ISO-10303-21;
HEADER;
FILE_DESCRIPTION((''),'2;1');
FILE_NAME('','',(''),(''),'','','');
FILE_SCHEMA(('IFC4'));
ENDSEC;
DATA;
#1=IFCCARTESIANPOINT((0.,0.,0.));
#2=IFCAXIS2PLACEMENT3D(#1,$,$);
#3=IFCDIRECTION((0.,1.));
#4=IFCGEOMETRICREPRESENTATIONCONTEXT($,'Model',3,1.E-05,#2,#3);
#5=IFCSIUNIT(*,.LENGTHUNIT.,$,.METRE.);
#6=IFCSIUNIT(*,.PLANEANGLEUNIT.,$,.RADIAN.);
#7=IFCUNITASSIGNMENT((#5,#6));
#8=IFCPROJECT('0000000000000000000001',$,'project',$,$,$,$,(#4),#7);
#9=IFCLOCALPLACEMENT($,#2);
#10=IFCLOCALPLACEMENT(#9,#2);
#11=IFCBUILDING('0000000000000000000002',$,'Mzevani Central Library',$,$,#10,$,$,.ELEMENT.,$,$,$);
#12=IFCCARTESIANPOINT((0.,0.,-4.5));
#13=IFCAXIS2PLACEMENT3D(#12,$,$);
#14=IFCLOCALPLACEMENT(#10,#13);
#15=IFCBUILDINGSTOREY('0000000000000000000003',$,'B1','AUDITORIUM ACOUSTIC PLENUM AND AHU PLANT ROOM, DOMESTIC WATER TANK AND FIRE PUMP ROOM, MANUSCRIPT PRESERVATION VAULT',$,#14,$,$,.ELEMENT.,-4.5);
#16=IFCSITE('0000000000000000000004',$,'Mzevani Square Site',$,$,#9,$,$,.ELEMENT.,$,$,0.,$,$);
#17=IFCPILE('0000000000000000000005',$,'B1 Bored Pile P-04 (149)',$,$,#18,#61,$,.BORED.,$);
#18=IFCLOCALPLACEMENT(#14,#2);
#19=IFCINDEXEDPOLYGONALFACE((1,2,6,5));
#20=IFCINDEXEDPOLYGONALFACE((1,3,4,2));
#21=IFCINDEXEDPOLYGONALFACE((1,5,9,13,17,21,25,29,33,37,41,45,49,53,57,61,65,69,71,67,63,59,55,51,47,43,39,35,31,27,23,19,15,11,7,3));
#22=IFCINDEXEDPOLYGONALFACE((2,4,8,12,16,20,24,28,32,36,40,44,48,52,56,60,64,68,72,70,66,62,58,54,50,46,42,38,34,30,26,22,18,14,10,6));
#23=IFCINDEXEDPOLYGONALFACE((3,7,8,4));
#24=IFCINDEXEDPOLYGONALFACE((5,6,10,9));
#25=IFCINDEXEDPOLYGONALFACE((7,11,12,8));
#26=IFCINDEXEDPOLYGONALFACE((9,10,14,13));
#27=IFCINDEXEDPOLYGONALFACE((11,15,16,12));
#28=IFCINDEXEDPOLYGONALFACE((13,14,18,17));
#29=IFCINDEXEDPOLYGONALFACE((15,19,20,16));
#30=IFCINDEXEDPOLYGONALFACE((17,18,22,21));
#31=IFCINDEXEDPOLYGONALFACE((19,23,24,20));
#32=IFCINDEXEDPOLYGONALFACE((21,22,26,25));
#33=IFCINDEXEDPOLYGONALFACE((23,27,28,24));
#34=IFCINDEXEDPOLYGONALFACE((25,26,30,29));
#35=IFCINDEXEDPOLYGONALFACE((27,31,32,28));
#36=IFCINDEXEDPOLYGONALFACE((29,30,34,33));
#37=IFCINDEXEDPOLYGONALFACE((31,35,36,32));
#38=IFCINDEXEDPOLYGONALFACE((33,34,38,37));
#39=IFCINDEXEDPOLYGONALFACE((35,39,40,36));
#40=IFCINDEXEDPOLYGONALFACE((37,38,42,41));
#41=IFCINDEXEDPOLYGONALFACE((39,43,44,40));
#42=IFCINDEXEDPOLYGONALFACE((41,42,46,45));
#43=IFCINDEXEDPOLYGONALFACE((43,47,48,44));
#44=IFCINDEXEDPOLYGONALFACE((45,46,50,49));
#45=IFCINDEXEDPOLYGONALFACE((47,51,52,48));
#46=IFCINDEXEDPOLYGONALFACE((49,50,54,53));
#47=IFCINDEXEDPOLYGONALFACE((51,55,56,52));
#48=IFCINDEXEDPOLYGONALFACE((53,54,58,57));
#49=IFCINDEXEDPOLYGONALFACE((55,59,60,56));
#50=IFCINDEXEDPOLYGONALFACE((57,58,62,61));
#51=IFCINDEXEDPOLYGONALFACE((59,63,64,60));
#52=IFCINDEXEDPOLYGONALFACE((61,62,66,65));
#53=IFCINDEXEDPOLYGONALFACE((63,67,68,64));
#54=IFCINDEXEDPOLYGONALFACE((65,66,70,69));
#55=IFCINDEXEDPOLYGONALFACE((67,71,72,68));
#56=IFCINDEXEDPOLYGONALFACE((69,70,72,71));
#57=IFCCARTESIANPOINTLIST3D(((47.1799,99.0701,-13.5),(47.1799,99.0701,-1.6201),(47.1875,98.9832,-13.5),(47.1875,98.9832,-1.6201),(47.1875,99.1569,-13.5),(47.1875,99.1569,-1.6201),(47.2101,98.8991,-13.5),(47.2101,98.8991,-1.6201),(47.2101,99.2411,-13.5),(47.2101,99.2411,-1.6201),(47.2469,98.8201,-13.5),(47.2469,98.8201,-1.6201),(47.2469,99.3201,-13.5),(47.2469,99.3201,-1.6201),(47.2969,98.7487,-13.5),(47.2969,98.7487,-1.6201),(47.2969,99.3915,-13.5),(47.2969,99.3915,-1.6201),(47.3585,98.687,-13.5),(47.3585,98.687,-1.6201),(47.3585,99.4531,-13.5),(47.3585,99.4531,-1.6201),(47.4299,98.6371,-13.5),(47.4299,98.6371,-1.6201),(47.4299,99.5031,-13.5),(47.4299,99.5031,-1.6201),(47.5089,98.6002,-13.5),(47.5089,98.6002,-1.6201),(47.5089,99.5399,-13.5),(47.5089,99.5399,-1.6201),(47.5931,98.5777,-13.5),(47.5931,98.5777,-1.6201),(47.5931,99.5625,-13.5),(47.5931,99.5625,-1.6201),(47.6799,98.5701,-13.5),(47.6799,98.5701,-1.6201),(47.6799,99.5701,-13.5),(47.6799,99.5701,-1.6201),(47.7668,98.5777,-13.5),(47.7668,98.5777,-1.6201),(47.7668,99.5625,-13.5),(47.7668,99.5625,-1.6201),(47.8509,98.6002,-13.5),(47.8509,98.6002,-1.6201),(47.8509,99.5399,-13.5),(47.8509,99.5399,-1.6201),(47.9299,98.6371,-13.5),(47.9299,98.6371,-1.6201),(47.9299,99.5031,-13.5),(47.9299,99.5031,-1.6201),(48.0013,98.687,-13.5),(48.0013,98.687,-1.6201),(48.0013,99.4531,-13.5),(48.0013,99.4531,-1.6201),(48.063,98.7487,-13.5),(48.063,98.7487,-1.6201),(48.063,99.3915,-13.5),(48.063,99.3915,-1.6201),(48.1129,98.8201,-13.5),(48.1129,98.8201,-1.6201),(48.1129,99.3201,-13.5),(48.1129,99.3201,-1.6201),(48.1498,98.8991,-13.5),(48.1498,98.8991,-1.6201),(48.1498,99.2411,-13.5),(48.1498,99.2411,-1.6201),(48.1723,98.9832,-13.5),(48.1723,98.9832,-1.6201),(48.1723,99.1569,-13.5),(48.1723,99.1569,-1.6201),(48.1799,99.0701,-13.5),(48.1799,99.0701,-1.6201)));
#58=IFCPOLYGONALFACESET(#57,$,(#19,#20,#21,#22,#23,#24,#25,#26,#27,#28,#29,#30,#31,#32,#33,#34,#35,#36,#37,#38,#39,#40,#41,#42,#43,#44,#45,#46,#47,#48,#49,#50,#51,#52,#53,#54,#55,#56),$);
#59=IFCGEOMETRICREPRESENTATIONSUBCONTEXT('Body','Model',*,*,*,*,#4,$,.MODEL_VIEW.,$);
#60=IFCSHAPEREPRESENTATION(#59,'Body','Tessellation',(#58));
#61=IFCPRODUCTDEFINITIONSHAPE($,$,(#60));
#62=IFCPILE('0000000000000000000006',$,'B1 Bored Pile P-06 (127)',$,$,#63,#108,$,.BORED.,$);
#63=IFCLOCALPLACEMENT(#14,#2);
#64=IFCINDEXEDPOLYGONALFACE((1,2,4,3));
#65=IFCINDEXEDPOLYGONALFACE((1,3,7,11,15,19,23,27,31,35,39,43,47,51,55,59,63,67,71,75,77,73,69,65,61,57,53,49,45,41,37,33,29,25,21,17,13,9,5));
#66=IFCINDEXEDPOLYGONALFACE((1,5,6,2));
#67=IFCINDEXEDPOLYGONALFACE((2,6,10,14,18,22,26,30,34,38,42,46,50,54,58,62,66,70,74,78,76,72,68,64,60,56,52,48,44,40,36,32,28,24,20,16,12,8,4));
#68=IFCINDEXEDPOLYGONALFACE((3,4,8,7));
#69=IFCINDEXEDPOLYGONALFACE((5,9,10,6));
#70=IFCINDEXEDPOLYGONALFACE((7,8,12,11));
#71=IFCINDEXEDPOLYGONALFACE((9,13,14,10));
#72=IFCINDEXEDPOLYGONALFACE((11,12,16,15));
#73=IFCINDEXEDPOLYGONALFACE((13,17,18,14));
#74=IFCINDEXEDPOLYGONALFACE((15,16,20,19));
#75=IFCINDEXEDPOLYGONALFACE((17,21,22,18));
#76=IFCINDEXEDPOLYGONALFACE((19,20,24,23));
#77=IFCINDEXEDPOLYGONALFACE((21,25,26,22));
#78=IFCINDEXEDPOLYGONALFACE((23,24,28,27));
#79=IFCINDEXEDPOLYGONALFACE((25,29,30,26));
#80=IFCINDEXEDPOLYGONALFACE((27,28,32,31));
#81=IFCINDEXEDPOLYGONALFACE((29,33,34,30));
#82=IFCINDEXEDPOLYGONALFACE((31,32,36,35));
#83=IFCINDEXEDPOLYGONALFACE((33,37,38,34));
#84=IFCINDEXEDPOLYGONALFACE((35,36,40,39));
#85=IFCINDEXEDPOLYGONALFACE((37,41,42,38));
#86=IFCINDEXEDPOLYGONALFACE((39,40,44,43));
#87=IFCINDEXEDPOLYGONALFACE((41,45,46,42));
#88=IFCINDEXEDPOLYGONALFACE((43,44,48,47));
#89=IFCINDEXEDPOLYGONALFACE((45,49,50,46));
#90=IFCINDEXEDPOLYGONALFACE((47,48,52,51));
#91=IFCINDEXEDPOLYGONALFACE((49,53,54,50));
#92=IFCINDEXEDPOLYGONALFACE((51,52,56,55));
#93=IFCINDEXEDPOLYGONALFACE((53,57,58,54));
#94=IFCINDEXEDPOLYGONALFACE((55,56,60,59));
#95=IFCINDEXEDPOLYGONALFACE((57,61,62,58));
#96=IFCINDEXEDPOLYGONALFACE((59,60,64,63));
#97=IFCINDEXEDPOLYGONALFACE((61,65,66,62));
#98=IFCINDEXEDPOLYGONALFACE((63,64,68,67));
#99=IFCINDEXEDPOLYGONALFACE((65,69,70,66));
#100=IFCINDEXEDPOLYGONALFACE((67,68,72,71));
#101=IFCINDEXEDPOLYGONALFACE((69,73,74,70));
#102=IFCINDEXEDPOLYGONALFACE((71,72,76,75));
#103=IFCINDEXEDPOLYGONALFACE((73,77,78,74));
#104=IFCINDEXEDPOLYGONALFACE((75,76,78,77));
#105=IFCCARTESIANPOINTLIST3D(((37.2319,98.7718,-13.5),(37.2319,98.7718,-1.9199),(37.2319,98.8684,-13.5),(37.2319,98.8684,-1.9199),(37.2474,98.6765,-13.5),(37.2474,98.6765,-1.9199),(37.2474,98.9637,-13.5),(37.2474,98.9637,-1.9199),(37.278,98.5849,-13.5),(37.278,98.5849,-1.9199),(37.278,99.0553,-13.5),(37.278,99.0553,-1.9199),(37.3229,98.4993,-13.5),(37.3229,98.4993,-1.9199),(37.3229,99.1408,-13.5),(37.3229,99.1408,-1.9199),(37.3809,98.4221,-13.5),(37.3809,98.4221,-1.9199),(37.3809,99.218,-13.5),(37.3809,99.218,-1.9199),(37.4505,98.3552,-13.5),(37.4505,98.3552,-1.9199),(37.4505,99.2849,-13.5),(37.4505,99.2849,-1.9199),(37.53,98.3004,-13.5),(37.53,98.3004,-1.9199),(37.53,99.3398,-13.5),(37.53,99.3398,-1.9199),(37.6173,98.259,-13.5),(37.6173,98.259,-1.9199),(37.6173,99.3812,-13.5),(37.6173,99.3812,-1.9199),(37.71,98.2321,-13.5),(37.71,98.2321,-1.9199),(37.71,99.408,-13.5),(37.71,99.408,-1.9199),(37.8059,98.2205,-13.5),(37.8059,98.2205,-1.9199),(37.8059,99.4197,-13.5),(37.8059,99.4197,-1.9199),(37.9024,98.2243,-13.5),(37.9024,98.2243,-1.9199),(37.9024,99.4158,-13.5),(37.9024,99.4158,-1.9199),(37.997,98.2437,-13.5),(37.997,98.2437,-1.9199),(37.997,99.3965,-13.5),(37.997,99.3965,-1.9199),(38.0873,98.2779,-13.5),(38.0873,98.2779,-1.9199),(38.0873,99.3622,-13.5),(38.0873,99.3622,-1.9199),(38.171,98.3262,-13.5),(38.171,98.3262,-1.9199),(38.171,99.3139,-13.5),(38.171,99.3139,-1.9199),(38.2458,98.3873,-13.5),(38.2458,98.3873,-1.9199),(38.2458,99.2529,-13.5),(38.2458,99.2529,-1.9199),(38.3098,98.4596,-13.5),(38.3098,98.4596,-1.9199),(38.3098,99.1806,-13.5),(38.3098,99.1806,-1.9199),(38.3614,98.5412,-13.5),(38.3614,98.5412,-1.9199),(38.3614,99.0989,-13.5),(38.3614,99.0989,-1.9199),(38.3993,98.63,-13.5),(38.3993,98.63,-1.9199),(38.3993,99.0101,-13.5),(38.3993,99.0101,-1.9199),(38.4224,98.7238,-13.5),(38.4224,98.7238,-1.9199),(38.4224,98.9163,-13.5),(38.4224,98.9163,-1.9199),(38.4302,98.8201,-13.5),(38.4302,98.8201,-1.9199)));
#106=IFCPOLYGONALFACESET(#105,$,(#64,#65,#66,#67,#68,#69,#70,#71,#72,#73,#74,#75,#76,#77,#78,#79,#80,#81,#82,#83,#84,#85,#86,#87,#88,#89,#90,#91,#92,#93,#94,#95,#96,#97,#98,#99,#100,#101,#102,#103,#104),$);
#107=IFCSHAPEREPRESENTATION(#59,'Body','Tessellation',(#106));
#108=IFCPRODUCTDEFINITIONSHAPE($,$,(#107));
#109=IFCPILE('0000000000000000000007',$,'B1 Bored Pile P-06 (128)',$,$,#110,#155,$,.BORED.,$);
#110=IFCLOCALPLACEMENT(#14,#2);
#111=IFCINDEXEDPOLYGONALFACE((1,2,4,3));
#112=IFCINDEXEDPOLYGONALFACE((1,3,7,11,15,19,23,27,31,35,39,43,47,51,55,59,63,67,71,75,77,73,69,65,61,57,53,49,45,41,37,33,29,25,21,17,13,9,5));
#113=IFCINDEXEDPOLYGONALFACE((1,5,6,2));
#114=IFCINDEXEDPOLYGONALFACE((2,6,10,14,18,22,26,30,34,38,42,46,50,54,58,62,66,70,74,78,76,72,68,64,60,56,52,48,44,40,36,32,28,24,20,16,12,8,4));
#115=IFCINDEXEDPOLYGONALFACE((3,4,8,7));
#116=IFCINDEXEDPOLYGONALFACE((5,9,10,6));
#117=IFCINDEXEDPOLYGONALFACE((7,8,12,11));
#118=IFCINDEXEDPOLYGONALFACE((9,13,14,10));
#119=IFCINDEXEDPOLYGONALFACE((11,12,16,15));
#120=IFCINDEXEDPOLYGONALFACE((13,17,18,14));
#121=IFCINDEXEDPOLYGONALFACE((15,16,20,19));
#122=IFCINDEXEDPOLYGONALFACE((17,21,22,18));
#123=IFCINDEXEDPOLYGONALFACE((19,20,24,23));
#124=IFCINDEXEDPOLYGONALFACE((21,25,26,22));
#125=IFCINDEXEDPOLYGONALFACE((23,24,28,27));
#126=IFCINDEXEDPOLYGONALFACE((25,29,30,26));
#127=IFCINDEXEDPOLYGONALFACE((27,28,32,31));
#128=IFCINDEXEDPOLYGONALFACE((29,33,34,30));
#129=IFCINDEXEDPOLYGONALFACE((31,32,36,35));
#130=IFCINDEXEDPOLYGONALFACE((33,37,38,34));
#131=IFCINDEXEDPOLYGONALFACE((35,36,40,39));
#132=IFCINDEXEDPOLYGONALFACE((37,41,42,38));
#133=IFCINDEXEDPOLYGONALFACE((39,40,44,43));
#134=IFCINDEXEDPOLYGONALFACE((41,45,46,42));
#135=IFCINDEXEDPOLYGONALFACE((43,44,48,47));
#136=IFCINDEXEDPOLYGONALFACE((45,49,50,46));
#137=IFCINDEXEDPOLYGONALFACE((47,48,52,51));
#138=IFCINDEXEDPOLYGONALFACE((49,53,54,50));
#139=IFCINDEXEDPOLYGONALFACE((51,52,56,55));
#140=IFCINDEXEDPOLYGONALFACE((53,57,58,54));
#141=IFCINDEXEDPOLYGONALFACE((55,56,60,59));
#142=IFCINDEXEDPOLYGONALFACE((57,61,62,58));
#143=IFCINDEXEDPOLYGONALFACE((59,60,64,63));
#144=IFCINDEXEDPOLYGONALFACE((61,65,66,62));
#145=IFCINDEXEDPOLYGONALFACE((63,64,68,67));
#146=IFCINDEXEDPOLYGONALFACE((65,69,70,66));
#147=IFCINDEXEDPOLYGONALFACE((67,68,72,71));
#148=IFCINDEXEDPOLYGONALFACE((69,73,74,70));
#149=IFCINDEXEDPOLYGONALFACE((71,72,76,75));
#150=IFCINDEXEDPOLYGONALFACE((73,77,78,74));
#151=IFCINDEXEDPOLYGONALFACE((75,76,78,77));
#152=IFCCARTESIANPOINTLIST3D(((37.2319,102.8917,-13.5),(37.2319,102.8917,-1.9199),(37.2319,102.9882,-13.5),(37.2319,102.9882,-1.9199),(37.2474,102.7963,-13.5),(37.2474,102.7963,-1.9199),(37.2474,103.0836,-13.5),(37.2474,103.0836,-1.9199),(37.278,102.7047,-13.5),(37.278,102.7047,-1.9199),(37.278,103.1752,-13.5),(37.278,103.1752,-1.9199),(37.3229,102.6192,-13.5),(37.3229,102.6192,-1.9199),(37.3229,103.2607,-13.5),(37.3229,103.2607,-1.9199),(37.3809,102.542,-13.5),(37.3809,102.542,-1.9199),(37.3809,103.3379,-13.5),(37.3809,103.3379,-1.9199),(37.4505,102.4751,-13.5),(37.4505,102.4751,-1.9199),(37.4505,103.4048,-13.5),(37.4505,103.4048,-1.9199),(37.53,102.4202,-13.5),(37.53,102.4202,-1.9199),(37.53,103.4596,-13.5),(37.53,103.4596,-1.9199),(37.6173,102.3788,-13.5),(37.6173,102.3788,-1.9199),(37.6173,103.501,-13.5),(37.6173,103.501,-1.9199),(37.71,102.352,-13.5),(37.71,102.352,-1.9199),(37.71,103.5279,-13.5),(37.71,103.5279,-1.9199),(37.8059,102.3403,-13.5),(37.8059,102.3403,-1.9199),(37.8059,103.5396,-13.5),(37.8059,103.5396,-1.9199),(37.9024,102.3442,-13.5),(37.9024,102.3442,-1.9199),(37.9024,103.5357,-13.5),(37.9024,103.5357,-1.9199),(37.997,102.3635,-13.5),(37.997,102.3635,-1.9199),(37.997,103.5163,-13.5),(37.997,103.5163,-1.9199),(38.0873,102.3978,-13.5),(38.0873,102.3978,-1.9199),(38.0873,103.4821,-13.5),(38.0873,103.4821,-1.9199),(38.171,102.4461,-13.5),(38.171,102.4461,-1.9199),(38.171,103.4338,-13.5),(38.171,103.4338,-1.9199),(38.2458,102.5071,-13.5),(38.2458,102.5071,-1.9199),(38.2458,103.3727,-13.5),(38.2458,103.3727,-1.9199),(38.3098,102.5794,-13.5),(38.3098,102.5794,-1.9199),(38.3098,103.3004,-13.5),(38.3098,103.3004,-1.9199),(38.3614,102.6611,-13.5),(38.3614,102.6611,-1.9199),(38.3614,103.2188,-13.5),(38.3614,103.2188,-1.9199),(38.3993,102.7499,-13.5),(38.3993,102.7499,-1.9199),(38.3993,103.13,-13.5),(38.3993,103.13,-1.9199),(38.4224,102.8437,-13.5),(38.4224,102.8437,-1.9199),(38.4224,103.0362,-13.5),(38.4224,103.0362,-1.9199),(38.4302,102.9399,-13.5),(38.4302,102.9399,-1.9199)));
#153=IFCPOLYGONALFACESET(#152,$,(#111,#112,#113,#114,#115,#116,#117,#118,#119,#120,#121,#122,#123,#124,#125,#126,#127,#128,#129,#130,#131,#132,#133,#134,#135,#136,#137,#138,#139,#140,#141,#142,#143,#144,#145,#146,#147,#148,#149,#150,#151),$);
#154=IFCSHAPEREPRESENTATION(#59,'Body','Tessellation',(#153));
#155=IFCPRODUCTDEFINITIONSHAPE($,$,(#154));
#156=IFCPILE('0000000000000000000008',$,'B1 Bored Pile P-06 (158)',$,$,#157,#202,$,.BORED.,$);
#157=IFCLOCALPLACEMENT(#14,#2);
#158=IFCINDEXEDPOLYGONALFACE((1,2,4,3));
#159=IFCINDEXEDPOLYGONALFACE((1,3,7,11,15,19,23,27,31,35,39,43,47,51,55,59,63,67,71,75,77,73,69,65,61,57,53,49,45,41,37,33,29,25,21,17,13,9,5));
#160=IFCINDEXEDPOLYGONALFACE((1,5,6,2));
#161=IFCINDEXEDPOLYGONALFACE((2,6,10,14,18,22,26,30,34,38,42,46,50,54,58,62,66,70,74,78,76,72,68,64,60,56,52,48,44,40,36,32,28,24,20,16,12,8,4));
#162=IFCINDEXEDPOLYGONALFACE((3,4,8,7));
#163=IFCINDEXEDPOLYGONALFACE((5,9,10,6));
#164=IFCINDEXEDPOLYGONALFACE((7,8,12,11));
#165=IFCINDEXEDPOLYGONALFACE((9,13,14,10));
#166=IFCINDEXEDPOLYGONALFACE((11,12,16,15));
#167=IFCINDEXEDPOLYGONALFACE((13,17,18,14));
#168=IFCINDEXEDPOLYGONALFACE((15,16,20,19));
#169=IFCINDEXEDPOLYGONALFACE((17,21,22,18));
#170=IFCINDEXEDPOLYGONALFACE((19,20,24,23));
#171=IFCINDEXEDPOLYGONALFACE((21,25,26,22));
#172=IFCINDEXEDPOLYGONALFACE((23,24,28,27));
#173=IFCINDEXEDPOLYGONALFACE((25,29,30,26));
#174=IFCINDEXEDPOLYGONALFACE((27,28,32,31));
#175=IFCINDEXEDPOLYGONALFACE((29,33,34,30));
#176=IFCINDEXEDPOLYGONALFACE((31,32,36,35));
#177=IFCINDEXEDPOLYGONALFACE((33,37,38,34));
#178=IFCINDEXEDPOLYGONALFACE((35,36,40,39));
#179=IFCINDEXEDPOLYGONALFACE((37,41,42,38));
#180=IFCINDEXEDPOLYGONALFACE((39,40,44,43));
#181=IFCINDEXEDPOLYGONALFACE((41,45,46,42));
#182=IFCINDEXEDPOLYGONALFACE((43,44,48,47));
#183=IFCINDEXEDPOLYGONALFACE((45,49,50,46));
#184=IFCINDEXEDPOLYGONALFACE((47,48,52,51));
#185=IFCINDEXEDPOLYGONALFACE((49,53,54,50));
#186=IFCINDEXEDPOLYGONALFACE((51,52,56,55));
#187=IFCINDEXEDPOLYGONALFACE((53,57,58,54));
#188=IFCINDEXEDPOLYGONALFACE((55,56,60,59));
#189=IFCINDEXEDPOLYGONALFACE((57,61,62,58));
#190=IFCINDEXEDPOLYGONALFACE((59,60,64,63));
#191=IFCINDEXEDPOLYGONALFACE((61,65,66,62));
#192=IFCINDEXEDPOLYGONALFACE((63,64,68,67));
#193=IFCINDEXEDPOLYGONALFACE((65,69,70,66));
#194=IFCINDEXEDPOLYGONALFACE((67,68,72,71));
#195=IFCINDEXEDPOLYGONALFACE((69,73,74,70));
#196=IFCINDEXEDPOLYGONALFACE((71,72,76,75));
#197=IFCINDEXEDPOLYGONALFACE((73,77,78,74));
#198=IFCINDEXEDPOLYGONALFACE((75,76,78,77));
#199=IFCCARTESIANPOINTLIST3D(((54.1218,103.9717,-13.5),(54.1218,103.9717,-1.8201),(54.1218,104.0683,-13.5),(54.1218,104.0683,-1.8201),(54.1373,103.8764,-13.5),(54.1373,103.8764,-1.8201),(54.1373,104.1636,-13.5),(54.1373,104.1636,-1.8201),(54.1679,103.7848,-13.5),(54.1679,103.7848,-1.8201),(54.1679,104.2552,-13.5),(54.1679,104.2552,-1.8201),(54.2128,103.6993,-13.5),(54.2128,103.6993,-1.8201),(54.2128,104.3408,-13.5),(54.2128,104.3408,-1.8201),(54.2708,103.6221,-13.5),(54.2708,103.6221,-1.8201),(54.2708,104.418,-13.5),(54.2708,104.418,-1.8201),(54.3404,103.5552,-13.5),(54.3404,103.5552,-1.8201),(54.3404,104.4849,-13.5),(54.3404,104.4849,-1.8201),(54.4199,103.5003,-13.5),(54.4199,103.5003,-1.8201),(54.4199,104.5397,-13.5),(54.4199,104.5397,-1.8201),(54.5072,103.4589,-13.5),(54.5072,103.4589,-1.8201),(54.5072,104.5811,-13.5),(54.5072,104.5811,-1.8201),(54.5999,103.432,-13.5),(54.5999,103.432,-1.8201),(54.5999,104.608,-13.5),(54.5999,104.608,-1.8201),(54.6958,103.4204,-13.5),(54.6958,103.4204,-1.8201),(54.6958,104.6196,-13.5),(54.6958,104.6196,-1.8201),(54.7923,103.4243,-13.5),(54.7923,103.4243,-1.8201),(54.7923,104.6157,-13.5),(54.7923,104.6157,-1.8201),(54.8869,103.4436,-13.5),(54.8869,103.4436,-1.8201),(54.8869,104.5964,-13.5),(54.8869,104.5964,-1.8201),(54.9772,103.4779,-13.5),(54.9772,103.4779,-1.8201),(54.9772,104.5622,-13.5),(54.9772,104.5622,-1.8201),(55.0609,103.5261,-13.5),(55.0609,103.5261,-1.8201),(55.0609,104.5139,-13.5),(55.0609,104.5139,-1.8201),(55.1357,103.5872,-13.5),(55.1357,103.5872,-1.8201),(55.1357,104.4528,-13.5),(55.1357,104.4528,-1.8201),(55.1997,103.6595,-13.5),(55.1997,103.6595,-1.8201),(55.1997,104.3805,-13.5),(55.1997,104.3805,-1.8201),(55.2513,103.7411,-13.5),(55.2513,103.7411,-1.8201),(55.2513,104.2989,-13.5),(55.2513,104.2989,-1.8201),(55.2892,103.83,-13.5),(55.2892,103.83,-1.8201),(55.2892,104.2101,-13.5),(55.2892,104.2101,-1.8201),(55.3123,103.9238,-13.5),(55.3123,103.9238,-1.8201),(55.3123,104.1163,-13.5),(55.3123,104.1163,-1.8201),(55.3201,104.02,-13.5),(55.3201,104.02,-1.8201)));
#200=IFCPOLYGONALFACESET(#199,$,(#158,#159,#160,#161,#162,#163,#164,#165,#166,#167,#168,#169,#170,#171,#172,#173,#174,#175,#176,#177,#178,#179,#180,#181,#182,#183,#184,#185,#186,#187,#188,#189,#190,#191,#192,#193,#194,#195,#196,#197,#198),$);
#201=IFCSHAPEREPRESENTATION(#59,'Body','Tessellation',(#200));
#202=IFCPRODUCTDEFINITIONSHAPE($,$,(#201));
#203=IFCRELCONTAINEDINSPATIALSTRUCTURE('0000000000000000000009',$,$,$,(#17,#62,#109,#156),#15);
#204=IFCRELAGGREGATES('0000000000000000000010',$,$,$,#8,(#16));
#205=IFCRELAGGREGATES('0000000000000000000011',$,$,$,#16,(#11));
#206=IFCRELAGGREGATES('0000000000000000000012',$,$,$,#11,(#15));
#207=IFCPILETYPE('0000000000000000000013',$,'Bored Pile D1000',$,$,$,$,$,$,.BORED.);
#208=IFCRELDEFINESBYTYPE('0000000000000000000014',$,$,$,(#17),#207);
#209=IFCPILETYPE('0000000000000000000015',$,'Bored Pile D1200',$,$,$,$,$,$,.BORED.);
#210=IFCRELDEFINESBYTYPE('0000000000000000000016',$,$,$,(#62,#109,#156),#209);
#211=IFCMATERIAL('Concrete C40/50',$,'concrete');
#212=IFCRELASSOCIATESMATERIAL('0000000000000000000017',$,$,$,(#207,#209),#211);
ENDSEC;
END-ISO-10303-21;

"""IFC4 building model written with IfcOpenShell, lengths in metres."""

from ifc_helpers import new_model, si_unit, direction, frame, origin, origin_2d, place, context, subcontext, project, spatial, circle, extrude, material, material_profile, profile_set, type_object, element, save


model = new_model("IFC4")

# Units and contexts
model_context = context("Model", 3, precision=1e-05, world=origin(), true_north=direction((0.0, 1.0)))
body_context = subcontext(model_context, "Body", "Model", "MODEL_VIEW")
ifc_project = project(units=[si_unit("LENGTHUNIT", "METRE"), si_unit("PLANEANGLEUNIT", "RADIAN")], contexts=[model_context])

# Site, building, storey
site_placement = place(None, origin())
site = spatial("IfcSite", under=ifc_project, at=site_placement, Name="Mzevani Square Site", CompositionType="ELEMENT", RefElevation=0.0)
building_placement = place(site_placement, origin())
building = spatial("IfcBuilding", under=site, at=building_placement, Name="Mzevani Central Library", CompositionType="ELEMENT")
storey_placement = place(building_placement, frame((0.0, 0.0, -4.5)))
storey = spatial("IfcBuildingStorey", under=building, at=storey_placement, Name="B1", Description="AUDITORIUM ACOUSTIC PLENUM AND AHU PLANT ROOM, DOMESTIC WATER TANK AND FIRE PUMP ROOM, MANUSCRIPT PRESERVATION VAULT", CompositionType="ELEMENT", Elevation=-4.5)

# Piles
ifc_material_1 = material(Name="Concrete C40/50", Category="concrete")
ifc_material_profile_1 = material_profile(ifc_material_1, circle(Radius=0.5, at=origin_2d()), Name="PILE D1000")
ifc_profile_set_1 = profile_set([ifc_material_profile_1], Name="Concrete C40/50")
pile_type_1 = type_object("IfcPileType", Name="Bored Pile D1000", PredefinedType="BORED", material=ifc_profile_set_1)
for number, where, z_axis, x_axis, name in (
    (1, (47.6799, 99.0701, -1.6201), (0.0, 0.0, -1.0), (1.0, 0.0, 0.0), "B1 Bored Pile P-04 (149)"),
):
    element("IfcPile", number, at=place(storey_placement, frame(where, z_axis=z_axis, x_axis=x_axis)), inside=storey, type_object=pile_type_1, Name=name, PredefinedType="BORED", context=body_context, shape_type="SweptSolid", body=[
        extrude(circle(Radius=0.5, at=origin_2d()), origin(), (0.0, 0.0, 1.0), 11.8799),
    ])
ifc_material_profile_2 = material_profile(ifc_material_1, circle(Radius=0.6001, at=origin_2d()), Name="PILE D1200")
ifc_profile_set_2 = profile_set([ifc_material_profile_2], Name="Concrete C40/50")
pile_type_2 = type_object("IfcPileType", Name="Bored Pile D1200", PredefinedType="BORED", material=ifc_profile_set_2)
for number, where, z_axis, x_axis, name in (
    (2, (37.8301, 98.8201, -1.9199), (0.0, 0.0, -1.0), (1.0, 0.0, 0.0), "B1 Bored Pile P-06 (127)"),
    (3, (37.8301, 102.9399, -1.9199), (0.0, 0.0, -1.0), (1.0, 0.0, 0.0), "B1 Bored Pile P-06 (128)"),
):
    element("IfcPile", number, at=place(storey_placement, frame(where, z_axis=z_axis, x_axis=x_axis)), inside=storey, type_object=pile_type_2, Name=name, PredefinedType="BORED", context=body_context, shape_type="SweptSolid", body=[
        extrude(circle(Radius=0.6001, at=origin_2d()), origin(), (0.0, 0.0, 1.0), 11.5801),
    ])
pile_1_placement = place(storey_placement, frame((54.72, 104.02, -1.8201), z_axis=(0.0, 0.0, -1.0), x_axis=(1.0, 0.0, 0.0)))
element("IfcPile", 4, at=pile_1_placement, inside=storey, type_object=pile_type_2, Name="B1 Bored Pile P-06 (158)", PredefinedType="BORED", context=body_context, shape_type="SweptSolid", body=[
    extrude(circle(Radius=0.6001, at=origin_2d()), origin(), (0.0, 0.0, 1.0), 11.6799),
])

save(model, "model.ifc")
